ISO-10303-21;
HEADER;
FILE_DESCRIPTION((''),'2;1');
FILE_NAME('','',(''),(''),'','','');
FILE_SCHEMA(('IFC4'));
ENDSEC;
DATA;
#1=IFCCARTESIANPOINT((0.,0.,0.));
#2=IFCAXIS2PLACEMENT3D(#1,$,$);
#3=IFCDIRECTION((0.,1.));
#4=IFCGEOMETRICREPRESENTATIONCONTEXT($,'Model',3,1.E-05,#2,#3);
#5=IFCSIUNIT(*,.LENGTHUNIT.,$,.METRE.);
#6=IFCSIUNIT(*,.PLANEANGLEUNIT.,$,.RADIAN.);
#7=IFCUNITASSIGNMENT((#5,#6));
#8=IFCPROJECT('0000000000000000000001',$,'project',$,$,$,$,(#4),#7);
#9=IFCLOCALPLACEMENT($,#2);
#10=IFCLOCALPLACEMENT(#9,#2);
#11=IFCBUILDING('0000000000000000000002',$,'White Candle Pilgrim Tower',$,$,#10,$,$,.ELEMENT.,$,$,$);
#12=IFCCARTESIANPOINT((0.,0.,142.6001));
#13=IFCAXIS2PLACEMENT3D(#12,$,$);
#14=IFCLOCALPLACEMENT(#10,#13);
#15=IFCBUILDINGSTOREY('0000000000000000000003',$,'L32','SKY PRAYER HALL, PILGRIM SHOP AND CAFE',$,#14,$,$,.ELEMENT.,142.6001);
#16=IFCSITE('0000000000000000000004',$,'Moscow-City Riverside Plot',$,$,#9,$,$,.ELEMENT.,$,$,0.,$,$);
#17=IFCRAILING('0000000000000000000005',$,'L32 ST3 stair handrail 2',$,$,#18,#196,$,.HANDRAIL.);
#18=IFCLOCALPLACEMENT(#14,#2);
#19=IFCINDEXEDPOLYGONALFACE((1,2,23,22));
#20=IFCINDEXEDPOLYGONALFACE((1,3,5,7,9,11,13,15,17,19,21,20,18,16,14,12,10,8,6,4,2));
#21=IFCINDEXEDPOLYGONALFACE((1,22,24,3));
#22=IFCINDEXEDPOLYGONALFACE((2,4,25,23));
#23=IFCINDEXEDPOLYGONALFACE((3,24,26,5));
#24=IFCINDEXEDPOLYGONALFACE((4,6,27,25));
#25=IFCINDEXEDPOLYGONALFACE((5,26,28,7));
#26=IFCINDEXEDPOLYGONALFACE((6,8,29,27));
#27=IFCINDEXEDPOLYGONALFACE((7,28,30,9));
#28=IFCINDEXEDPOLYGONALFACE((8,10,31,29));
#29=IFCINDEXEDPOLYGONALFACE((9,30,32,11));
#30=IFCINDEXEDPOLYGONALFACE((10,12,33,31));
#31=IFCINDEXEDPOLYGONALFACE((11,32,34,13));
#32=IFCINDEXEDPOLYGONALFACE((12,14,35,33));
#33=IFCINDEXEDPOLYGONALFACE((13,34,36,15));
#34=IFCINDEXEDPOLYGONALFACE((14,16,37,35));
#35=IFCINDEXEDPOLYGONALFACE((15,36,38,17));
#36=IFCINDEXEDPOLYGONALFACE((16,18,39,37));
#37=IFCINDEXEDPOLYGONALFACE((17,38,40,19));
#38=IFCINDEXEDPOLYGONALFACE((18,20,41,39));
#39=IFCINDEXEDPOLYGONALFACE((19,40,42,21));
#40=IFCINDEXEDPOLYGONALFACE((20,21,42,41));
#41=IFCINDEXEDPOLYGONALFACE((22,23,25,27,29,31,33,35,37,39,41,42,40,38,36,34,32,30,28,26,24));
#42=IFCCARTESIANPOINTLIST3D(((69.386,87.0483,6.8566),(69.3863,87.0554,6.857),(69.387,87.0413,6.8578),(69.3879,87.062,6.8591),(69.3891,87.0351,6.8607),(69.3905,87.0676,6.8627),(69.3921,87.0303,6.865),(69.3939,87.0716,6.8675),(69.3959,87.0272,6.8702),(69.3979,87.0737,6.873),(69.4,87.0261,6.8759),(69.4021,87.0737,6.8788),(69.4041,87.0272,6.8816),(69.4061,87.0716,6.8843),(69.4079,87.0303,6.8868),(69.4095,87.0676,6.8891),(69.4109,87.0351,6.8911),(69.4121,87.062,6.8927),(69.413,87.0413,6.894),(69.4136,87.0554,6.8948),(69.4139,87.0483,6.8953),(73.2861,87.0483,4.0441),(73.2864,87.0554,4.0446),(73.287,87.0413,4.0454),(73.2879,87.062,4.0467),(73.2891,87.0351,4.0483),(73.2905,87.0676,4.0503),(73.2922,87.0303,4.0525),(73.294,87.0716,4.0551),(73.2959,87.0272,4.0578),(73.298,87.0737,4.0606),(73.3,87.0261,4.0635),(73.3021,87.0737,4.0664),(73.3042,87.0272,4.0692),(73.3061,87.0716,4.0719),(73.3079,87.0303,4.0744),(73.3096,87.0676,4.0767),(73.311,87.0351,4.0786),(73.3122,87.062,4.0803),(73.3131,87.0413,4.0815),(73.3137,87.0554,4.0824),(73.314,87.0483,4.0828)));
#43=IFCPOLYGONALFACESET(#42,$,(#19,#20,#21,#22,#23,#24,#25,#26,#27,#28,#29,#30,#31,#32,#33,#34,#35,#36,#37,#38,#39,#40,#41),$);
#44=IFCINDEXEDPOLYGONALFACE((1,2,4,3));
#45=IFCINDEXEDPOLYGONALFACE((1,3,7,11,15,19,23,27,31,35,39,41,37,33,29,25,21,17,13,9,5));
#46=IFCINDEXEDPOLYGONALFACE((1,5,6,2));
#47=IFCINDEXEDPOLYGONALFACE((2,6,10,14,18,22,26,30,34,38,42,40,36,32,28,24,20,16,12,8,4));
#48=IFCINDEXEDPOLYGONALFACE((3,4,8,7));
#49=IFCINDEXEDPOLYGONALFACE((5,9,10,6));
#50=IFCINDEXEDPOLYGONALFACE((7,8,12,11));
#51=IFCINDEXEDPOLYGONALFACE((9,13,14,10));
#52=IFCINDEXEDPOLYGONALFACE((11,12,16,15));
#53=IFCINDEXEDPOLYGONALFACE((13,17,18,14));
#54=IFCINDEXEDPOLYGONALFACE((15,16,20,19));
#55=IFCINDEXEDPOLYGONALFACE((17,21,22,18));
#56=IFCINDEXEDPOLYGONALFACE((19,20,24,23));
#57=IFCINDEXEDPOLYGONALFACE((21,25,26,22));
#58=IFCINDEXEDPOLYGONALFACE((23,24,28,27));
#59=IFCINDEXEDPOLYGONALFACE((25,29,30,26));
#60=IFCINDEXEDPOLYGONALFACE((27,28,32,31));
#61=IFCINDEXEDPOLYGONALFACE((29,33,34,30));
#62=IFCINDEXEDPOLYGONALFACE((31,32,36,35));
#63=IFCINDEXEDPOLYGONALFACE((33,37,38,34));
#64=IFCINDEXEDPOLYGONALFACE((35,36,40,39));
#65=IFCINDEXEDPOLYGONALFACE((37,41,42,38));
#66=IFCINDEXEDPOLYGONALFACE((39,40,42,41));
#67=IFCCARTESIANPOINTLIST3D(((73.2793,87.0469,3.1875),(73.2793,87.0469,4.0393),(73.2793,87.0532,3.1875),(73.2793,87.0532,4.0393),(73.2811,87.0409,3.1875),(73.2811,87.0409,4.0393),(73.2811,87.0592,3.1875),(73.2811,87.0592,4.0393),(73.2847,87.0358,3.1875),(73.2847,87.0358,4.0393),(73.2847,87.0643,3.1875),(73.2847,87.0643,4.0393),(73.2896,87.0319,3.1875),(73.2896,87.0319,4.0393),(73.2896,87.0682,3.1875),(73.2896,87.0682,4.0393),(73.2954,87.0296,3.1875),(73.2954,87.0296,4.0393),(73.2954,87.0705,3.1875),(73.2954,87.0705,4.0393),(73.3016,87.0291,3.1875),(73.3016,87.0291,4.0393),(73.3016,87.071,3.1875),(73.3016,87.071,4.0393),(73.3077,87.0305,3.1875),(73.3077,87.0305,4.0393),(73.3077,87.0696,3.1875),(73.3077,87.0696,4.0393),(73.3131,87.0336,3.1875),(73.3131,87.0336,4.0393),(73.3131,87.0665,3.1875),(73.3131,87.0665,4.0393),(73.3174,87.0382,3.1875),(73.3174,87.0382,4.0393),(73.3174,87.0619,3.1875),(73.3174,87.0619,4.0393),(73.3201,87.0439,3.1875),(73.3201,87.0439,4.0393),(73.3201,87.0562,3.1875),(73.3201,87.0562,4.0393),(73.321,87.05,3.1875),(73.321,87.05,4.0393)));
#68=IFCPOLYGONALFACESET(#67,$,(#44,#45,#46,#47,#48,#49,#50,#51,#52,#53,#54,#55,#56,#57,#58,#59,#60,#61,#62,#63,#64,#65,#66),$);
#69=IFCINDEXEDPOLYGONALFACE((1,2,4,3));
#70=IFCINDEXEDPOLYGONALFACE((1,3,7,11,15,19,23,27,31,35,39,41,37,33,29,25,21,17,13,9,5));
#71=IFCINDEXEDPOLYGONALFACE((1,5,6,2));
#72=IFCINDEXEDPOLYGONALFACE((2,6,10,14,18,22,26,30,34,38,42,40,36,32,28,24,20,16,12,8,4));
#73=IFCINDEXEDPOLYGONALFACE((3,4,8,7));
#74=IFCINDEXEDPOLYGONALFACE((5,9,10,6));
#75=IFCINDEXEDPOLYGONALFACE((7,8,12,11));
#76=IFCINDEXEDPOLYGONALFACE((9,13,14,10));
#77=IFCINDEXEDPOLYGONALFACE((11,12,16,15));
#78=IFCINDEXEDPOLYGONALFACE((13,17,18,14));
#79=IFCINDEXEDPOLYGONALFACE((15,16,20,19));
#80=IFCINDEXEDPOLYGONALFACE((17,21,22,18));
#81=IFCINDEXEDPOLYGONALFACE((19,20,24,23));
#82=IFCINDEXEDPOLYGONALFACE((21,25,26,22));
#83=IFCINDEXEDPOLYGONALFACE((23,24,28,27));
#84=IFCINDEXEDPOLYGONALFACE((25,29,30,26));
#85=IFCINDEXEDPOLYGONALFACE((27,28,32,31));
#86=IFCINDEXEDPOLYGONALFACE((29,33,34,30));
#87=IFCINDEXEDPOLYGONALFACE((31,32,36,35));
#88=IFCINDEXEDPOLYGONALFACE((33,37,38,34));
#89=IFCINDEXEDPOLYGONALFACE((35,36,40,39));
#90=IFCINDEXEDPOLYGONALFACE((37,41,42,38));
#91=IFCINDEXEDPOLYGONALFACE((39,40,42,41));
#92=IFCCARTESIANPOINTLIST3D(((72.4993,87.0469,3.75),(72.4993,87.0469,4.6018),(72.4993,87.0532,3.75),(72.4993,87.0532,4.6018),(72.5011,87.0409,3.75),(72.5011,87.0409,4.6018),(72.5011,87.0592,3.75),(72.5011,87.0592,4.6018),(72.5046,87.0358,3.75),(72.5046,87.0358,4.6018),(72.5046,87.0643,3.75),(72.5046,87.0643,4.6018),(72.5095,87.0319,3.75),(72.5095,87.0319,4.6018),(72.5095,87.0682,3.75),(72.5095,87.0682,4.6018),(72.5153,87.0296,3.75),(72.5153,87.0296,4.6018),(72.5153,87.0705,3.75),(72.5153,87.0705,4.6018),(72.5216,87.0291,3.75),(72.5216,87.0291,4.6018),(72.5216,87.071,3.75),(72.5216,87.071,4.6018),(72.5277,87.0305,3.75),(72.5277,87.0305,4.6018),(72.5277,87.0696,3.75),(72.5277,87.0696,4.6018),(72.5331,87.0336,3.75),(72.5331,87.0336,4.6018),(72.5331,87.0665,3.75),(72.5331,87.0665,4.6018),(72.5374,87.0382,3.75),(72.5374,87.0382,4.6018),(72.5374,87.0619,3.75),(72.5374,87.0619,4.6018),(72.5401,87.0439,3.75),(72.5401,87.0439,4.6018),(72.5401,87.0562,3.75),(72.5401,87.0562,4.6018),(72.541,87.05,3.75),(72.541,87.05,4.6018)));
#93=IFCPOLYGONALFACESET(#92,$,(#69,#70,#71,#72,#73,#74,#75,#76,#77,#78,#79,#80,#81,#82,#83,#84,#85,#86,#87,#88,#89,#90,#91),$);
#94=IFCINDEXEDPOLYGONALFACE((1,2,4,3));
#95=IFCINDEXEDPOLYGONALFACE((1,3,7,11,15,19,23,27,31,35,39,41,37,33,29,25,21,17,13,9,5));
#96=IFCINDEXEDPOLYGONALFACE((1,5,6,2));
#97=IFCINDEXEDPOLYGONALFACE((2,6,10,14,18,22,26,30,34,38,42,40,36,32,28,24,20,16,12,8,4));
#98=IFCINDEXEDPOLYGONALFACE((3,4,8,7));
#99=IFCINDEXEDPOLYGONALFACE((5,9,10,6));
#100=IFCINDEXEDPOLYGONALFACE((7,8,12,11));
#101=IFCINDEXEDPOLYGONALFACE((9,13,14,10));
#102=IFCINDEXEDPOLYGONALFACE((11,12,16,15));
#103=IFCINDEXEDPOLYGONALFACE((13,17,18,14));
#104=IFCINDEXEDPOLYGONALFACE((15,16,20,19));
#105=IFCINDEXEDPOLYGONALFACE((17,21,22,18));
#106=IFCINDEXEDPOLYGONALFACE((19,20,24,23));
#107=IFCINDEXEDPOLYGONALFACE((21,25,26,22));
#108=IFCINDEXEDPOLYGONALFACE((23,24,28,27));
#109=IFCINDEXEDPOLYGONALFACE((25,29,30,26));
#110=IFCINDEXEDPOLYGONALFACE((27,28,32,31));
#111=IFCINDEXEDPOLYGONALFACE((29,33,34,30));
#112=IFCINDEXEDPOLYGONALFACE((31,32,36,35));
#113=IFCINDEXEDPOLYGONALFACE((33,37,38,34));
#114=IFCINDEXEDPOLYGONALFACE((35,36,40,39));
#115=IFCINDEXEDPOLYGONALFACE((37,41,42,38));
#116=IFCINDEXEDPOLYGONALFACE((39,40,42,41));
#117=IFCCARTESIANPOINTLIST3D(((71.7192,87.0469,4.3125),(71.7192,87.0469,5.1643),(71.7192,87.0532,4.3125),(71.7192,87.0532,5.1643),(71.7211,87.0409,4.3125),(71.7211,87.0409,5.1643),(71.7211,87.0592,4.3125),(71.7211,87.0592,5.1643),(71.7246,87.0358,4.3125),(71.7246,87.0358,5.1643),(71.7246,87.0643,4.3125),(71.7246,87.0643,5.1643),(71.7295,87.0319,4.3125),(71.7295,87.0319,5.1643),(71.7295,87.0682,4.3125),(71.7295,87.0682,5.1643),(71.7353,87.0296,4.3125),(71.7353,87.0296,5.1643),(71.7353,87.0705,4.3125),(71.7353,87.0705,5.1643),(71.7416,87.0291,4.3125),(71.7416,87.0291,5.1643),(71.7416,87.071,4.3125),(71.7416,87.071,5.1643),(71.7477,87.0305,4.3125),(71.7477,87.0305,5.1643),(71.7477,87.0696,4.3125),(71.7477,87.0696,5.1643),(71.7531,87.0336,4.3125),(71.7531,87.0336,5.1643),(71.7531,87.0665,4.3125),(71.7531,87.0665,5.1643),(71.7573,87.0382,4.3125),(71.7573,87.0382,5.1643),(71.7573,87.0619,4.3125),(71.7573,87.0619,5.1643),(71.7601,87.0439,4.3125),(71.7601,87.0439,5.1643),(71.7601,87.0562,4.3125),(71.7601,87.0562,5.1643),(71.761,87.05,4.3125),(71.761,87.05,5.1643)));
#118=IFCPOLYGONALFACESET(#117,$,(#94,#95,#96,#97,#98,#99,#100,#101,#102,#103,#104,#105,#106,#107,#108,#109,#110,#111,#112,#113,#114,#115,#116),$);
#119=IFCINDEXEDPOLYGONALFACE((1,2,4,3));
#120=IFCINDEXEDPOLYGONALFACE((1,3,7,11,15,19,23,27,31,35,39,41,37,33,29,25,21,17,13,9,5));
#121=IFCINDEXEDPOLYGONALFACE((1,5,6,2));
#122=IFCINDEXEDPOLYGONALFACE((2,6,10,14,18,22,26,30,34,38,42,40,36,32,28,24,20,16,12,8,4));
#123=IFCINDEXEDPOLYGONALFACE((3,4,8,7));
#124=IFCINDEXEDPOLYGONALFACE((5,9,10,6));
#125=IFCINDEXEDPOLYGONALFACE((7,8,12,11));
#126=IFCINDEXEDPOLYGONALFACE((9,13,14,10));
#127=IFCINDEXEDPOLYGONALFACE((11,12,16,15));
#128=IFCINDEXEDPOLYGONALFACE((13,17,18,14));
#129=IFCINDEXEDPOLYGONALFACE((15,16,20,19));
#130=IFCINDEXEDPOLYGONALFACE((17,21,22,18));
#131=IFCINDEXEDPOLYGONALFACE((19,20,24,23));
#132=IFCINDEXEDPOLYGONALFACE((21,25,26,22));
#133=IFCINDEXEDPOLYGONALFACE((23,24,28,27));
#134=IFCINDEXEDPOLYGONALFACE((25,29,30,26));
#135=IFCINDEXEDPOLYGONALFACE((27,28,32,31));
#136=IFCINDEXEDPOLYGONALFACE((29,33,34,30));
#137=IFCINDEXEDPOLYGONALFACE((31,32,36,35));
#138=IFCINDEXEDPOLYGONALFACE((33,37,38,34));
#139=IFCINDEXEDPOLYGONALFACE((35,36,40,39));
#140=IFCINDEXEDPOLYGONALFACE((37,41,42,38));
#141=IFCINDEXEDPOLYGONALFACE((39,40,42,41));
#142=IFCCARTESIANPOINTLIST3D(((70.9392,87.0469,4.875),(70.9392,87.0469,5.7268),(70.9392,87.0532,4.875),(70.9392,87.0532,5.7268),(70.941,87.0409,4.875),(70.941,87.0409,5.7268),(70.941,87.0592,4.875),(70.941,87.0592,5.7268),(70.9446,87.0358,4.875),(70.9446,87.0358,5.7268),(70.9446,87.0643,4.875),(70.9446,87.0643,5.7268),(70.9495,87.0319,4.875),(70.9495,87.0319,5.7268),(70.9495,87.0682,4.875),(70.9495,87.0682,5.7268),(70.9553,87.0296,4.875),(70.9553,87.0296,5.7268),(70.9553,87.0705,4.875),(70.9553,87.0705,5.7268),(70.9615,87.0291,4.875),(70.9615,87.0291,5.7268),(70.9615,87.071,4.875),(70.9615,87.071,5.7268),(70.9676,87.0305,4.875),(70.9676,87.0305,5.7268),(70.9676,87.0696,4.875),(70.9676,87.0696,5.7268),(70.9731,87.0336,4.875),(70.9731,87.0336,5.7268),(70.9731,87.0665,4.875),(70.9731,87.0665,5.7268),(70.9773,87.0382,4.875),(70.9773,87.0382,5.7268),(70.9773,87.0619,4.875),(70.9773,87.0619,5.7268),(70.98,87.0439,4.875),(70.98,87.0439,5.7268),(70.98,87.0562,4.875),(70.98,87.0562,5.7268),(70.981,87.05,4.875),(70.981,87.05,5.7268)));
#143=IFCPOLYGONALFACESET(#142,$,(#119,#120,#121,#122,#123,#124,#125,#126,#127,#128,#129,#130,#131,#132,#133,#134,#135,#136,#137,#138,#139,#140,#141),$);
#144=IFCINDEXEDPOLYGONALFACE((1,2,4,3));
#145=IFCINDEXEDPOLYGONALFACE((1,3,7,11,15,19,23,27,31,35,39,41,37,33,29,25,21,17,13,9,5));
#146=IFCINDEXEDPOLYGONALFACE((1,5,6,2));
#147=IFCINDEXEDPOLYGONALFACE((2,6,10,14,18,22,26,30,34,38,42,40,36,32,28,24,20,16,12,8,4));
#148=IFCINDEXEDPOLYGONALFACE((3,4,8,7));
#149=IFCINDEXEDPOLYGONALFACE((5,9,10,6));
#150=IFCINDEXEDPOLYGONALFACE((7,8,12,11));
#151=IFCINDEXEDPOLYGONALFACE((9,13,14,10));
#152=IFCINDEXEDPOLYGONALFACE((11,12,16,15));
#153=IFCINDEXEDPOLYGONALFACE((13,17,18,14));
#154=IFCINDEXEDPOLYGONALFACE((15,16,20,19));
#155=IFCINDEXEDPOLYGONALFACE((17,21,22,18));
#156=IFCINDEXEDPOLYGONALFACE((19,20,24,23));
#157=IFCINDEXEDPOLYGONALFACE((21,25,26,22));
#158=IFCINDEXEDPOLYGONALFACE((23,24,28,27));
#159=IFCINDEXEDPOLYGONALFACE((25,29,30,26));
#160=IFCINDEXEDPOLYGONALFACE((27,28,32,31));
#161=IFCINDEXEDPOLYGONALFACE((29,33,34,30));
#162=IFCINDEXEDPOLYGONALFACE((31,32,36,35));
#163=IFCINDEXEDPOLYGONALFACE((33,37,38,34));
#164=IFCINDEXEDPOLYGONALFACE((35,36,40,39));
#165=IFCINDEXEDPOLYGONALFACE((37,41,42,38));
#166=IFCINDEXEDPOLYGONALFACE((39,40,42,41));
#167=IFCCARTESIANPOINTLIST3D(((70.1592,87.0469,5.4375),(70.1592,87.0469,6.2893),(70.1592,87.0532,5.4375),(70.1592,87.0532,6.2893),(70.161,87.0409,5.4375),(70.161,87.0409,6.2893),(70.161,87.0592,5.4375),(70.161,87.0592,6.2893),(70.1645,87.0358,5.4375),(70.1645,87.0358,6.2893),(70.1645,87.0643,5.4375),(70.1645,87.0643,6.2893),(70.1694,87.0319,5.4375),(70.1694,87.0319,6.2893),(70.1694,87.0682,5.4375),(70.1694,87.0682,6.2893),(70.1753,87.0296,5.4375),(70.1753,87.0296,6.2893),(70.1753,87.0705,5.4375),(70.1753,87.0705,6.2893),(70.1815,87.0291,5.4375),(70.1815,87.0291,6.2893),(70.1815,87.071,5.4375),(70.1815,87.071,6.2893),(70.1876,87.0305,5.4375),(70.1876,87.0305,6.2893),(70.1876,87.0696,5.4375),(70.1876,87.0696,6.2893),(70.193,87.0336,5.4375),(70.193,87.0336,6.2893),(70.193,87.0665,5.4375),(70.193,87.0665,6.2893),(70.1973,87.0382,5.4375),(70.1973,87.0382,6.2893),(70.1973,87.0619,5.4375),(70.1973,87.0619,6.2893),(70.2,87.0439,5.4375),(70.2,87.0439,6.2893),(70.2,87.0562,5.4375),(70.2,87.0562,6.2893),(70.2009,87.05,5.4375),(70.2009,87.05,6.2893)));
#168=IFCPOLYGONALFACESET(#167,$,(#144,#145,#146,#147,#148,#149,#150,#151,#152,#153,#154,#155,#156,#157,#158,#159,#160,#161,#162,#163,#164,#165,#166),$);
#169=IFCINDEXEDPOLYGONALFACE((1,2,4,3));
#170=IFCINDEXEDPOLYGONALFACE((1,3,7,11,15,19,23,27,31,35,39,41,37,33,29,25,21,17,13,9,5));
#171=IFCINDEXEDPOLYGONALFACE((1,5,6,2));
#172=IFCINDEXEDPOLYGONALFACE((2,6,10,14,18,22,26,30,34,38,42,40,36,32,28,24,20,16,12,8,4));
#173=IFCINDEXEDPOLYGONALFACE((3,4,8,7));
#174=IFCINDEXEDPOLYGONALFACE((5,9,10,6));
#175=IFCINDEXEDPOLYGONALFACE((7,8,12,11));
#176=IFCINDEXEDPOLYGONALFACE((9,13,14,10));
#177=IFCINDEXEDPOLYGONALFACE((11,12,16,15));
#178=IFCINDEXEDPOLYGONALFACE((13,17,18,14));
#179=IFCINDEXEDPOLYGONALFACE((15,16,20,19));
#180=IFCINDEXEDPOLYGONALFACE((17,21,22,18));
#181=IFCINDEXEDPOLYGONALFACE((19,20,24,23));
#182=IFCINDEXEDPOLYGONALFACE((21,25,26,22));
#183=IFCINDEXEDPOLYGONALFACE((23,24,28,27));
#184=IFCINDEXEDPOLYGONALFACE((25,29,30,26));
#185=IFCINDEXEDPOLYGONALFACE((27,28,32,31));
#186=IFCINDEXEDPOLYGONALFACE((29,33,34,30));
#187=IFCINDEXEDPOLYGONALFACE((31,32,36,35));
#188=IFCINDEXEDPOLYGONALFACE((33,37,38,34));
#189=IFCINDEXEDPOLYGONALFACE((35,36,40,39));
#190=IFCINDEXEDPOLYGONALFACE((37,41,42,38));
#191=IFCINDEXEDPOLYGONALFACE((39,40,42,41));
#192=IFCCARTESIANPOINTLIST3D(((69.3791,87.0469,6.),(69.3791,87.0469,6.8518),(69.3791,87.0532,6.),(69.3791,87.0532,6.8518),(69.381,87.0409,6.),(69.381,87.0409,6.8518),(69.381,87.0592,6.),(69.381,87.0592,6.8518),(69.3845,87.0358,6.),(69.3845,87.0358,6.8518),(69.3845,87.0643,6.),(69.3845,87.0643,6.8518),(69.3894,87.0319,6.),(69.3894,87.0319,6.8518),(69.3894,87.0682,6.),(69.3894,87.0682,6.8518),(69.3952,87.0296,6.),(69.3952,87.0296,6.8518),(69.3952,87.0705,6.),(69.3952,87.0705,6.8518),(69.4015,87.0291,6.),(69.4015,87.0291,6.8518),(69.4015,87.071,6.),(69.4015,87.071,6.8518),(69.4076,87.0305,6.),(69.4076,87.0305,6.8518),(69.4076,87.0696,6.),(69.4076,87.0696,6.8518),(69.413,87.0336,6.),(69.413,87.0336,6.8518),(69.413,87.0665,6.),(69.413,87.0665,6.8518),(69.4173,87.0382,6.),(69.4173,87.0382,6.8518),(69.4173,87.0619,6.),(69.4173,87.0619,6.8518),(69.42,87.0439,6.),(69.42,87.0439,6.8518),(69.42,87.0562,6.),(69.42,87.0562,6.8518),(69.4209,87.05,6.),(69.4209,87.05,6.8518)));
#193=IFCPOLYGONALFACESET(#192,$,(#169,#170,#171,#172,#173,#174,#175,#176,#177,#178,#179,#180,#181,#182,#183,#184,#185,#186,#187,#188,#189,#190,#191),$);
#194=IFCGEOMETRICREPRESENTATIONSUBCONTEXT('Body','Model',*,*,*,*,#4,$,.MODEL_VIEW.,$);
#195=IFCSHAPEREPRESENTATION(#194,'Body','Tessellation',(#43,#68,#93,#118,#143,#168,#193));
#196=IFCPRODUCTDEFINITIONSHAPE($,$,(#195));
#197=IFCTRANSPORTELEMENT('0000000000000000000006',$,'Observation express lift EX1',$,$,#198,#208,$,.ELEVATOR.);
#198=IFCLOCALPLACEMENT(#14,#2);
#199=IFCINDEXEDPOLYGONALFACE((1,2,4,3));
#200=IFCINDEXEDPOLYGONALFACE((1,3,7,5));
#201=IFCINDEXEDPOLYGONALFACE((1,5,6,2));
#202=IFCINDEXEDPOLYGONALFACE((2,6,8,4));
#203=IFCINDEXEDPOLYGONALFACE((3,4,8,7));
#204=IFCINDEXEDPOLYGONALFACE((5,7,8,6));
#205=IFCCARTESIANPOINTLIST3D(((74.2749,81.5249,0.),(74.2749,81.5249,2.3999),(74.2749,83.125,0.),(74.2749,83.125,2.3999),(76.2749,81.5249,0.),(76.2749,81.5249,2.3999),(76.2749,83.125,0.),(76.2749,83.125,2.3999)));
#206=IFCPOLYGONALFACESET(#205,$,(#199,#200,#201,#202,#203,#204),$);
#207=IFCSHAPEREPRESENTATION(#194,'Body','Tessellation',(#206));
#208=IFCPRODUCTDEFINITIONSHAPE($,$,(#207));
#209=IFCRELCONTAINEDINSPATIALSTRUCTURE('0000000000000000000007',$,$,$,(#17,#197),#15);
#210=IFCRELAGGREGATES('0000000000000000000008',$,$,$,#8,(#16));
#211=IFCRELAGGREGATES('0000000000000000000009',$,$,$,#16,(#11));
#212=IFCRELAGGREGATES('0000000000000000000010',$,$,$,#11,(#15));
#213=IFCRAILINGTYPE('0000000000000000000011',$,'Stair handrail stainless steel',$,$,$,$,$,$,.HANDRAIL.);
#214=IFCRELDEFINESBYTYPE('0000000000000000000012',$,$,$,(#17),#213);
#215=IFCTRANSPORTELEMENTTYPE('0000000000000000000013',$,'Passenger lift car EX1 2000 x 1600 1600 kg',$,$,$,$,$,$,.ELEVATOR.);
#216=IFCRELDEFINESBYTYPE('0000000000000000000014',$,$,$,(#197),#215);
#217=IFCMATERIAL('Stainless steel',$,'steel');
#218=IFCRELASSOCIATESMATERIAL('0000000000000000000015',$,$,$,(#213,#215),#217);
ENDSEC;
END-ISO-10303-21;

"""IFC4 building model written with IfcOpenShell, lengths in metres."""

from ifc_helpers import new_model, si_unit, direction, frame, origin, origin_2d, place, context, subcontext, project, spatial, rectangle, circle, extrude, material, type_object, element, save


model = new_model("IFC4")

# Units and contexts
model_context = context("Model", 3, precision=1e-05, world=origin(), true_north=direction((0.0, 1.0)))
body_context = subcontext(model_context, "Body", "Model", "MODEL_VIEW")
ifc_project = project(units=[si_unit("LENGTHUNIT", "METRE"), si_unit("PLANEANGLEUNIT", "RADIAN")], contexts=[model_context])

# Site, building, storey
site_placement = place(None, origin())
site = spatial("IfcSite", under=ifc_project, at=site_placement, Name="Moscow-City Riverside Plot", CompositionType="ELEMENT", RefElevation=0.0)
building_placement = place(site_placement, origin())
building = spatial("IfcBuilding", under=site, at=building_placement, Name="White Candle Pilgrim Tower", CompositionType="ELEMENT")
storey_placement = place(building_placement, frame((0.0, 0.0, 142.6001)))
storey = spatial("IfcBuildingStorey", under=building, at=storey_placement, Name="L32", Description="SKY PRAYER HALL, PILGRIM SHOP AND CAFE", CompositionType="ELEMENT", Elevation=142.6001)

# Shared definitions
ifc_material_1 = material(Name="Stainless steel", Category="steel")

# Railing
railing_type_1 = type_object("IfcRailingType", Name="Stair handrail stainless steel", PredefinedType="HANDRAIL", material=ifc_material_1)
railing_1_placement = place(storey_placement, frame((73.3, 87.05, 3.1875)))
element("IfcRailing", 1, at=railing_1_placement, inside=storey, type_object=railing_type_1, Name="L32 ST3 stair handrail 2", PredefinedType="HANDRAIL", context=body_context, shape_type="SweptSolid", body=[
    extrude(circle(Radius=0.0239, at=origin_2d()), frame((0.0, 0.0, 0.876), z_axis=(-0.811101, 0.0, 0.584906), x_axis=(0.0, -1.0, 0.0)), (0.0, 0.0, 1.0), 4.8083),
    extrude(circle(Radius=0.021, at=origin_2d()), origin(), (0.0, 0.0, 1.0), 0.8518),
    extrude(circle(Radius=0.021, at=origin_2d()), frame((-0.78, 0.0, 0.5625)), (0.0, 0.0, 1.0), 0.8518),
    extrude(circle(Radius=0.021, at=origin_2d()), frame((-1.5601, 0.0, 1.125)), (0.0, 0.0, 1.0), 0.8518),
    extrude(circle(Radius=0.021, at=origin_2d()), frame((-2.3401, 0.0, 1.6875)), (0.0, 0.0, 1.0), 0.8518),
    extrude(circle(Radius=0.021, at=origin_2d()), frame((-3.1201, 0.0, 2.25)), (0.0, 0.0, 1.0), 0.8518),
    extrude(circle(Radius=0.021, at=origin_2d()), frame((-3.9001, 0.0, 2.8125)), (0.0, 0.0, 1.0), 0.8518),
])

# Transport element
transport_element_type_1 = type_object("IfcTransportElementType", Name="Passenger lift car EX1 2000 x 1600 1600 kg", PredefinedType="ELEVATOR", material=ifc_material_1)
transport_element_1_placement = place(storey_placement, frame((75.2749, 82.325, 0.0), z_axis=(0.0, 0.0, 1.0), x_axis=(1.0, 0.0, 0.0)))
element("IfcTransportElement", 2, at=transport_element_1_placement, inside=storey, type_object=transport_element_type_1, Name="Observation express lift EX1", PredefinedType="ELEVATOR", context=body_context, shape_type="SweptSolid", body=[
    extrude(rectangle(XDim=2.0, YDim=1.6001, at=origin_2d()), origin(), (0.0, 0.0, 1.0), 2.3999),
])

save(model, "model.ifc")
